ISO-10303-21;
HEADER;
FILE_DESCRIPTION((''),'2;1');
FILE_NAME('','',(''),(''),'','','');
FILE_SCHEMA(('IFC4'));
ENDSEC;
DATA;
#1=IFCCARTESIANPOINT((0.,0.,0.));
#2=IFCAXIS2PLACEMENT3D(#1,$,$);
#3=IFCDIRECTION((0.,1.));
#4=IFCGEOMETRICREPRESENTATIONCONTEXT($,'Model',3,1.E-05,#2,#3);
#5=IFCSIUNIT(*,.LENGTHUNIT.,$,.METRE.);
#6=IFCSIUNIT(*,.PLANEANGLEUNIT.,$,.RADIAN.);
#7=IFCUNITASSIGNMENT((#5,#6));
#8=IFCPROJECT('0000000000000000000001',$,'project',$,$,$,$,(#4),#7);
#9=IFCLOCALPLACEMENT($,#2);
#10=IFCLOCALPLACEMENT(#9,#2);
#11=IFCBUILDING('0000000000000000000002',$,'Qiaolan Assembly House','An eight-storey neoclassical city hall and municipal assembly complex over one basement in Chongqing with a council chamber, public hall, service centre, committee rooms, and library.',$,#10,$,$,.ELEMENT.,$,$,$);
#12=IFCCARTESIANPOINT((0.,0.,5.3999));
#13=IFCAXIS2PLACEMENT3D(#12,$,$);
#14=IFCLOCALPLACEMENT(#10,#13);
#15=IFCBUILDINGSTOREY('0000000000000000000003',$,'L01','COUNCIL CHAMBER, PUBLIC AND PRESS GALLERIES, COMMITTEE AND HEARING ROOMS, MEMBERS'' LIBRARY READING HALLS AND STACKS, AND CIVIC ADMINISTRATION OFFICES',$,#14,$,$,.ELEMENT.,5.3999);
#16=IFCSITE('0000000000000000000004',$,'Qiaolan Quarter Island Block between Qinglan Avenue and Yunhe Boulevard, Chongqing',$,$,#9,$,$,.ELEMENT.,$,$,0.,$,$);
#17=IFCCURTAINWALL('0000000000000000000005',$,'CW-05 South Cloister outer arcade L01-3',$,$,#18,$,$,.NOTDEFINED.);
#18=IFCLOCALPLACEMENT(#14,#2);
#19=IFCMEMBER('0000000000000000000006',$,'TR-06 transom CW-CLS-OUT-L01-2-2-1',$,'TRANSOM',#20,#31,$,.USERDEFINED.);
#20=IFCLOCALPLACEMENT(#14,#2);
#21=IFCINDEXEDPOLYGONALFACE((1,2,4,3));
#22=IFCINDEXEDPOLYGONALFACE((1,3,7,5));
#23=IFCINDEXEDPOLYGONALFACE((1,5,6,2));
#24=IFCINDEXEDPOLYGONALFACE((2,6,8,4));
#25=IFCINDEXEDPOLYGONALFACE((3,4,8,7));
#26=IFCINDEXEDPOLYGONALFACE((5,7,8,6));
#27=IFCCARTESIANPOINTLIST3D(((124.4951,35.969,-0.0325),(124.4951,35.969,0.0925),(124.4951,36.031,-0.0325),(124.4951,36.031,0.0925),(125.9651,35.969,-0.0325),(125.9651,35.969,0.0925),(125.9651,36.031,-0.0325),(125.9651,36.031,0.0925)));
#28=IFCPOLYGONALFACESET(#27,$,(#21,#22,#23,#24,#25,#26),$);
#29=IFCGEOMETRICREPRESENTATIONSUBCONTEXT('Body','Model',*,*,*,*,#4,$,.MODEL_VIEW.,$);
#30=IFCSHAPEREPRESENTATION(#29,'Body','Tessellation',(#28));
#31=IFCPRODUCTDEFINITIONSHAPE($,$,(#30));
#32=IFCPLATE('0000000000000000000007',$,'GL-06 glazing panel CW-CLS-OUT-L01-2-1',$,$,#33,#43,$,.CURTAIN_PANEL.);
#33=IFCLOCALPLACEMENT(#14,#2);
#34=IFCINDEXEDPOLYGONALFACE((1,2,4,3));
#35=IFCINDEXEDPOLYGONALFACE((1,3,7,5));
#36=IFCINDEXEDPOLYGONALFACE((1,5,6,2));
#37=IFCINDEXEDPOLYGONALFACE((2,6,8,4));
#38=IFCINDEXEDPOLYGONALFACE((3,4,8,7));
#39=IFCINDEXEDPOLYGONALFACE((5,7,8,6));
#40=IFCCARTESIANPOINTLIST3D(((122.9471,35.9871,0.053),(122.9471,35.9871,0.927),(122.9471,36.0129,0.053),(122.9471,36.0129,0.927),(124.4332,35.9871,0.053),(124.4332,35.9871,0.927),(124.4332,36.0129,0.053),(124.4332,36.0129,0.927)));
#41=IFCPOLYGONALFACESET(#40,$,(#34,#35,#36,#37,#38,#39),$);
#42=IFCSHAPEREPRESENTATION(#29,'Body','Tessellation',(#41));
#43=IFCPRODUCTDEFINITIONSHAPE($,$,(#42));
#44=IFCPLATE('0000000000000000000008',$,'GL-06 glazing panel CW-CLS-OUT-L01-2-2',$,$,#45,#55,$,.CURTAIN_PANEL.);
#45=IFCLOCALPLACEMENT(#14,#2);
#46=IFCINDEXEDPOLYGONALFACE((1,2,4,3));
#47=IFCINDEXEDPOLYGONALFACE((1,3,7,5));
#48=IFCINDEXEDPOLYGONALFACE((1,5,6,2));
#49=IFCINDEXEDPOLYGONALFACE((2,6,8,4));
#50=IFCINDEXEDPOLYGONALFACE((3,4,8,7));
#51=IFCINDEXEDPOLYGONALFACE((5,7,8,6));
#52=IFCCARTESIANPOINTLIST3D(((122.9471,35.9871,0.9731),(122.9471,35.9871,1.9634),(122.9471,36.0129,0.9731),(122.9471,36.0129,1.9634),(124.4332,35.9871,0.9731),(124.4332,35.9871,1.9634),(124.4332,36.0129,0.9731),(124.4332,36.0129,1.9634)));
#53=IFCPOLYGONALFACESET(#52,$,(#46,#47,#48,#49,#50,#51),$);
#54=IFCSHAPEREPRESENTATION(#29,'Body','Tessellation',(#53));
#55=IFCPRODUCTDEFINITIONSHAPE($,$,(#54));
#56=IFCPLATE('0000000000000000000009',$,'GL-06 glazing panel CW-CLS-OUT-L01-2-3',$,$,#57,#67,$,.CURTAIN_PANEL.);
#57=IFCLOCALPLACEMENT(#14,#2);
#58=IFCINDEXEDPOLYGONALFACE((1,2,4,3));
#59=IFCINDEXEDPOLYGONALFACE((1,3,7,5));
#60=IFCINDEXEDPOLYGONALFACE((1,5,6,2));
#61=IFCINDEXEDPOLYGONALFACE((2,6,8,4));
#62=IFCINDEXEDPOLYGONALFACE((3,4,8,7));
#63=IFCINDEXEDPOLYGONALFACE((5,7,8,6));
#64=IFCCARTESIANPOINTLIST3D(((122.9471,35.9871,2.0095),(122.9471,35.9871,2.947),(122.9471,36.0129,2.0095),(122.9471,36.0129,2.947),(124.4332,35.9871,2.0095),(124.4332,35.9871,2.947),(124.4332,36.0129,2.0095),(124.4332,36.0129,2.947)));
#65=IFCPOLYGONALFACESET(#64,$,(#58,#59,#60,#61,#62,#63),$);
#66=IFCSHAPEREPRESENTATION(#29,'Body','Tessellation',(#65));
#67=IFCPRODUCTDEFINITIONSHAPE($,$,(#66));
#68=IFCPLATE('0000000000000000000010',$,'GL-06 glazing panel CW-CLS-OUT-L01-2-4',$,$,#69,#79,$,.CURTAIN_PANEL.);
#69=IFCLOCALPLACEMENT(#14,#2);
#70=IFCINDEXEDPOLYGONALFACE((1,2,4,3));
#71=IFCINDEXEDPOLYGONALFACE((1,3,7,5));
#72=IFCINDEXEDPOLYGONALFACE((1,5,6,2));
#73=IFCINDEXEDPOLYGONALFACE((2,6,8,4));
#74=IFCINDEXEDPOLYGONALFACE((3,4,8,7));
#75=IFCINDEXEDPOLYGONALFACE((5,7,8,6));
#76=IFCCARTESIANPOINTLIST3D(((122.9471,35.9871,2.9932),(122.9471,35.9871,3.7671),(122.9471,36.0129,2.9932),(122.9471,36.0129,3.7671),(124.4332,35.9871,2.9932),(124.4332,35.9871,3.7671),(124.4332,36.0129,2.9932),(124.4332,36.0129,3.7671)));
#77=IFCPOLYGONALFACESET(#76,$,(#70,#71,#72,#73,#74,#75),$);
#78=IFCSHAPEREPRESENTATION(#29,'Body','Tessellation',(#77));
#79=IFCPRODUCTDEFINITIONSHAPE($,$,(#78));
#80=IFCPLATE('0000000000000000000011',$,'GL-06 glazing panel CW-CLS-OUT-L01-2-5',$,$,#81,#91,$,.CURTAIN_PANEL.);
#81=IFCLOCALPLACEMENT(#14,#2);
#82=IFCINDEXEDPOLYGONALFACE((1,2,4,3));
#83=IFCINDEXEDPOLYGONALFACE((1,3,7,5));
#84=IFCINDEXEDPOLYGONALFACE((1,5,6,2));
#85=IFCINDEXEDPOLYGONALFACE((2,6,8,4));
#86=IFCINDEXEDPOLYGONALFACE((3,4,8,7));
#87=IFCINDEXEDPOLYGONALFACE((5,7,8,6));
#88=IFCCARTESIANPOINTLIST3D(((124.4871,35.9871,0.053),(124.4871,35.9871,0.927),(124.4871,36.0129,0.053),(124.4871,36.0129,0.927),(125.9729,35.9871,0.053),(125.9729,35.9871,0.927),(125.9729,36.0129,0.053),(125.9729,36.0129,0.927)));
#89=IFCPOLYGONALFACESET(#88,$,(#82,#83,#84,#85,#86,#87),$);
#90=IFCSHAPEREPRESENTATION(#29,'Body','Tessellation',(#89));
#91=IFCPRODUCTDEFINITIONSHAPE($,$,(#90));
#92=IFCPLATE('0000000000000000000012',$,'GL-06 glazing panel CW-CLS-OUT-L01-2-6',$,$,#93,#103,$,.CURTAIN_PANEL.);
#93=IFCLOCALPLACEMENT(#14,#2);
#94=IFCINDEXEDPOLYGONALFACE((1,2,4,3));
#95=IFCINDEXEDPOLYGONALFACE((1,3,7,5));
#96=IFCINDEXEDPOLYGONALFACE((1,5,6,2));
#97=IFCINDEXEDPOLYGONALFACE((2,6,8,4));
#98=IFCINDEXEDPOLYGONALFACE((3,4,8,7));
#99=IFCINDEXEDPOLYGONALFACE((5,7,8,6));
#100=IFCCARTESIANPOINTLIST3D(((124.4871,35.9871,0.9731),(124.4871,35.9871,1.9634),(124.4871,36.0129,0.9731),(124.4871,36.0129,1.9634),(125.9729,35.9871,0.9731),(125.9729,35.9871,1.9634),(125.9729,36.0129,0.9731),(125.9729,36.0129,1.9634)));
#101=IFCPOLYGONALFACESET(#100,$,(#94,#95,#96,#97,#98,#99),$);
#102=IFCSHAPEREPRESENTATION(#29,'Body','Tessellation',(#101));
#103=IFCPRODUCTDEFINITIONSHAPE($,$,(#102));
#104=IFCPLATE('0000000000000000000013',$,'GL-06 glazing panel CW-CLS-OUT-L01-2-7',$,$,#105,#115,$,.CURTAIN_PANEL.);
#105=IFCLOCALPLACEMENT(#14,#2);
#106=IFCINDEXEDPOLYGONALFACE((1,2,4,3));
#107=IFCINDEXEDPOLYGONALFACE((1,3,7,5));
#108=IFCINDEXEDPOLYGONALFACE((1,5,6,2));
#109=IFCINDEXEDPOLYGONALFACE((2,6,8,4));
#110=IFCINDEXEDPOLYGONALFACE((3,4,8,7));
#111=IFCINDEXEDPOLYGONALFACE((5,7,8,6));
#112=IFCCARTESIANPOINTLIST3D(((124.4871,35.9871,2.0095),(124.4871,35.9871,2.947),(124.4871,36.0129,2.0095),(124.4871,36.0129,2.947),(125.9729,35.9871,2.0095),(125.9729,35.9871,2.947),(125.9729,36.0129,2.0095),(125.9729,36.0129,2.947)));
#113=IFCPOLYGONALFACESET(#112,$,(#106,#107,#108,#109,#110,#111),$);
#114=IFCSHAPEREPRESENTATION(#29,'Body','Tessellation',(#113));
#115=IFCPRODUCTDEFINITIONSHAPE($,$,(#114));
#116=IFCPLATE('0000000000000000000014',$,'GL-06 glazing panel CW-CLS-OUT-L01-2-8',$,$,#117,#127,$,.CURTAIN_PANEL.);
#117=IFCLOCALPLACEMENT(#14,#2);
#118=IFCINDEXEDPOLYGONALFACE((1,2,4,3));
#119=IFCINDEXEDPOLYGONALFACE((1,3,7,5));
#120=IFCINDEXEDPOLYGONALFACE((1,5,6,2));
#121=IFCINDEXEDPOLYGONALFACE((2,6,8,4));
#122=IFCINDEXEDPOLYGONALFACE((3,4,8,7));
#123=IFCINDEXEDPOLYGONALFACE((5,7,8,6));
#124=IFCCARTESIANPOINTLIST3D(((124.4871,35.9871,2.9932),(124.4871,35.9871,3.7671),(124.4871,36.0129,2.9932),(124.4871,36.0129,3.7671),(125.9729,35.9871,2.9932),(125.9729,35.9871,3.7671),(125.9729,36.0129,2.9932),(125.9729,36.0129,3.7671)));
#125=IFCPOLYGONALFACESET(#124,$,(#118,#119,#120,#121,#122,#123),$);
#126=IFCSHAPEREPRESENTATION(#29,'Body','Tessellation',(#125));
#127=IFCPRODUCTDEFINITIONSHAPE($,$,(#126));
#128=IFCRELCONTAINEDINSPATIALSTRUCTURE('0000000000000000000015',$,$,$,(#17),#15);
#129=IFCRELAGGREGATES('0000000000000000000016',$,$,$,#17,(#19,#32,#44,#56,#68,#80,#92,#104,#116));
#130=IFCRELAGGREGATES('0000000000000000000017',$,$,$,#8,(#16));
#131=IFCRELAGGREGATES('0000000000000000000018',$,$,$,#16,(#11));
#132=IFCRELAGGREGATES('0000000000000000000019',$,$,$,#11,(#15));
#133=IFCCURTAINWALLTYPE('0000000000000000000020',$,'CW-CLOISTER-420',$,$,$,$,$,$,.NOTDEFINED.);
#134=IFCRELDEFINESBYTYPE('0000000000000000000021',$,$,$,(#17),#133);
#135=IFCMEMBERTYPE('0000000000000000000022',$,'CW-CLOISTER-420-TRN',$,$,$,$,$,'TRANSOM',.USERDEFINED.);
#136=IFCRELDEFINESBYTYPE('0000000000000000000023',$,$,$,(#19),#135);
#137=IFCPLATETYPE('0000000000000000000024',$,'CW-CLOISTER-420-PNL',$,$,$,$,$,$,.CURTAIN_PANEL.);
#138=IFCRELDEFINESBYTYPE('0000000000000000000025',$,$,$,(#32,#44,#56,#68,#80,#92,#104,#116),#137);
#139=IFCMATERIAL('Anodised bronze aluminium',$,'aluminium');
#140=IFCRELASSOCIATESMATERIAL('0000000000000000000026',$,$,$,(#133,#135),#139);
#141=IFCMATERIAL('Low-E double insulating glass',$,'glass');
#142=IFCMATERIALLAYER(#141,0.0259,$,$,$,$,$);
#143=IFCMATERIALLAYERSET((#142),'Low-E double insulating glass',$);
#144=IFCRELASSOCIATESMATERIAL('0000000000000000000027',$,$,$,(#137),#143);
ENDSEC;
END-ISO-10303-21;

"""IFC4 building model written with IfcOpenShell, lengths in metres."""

from ifc_helpers import new_model, si_unit, direction, frame, frame_2d, origin, origin_2d, place, context, subcontext, project, spatial, rectangle, extrude, material, layer, layer_set, material_profile, profile_set, type_object, element, aggregate, save


model = new_model("IFC4")

# Units and contexts
model_context = context("Model", 3, precision=1e-05, world=origin(), true_north=direction((0.0, 1.0)))
body_context = subcontext(model_context, "Body", "Model", "MODEL_VIEW")
ifc_project = project(units=[si_unit("LENGTHUNIT", "METRE"), si_unit("PLANEANGLEUNIT", "RADIAN")], contexts=[model_context])

# Site, building, storey
site_placement = place(None, origin())
site = spatial("IfcSite", under=ifc_project, at=site_placement, Name="Qiaolan Quarter Island Block between Qinglan Avenue and Yunhe Boulevard, Chongqing", CompositionType="ELEMENT", RefElevation=0.0)
building_placement = place(site_placement, origin())
building = spatial("IfcBuilding", under=site, at=building_placement, Name="Qiaolan Assembly House", Description="An eight-storey neoclassical city hall and municipal assembly complex over one basement in Chongqing with a council chamber, public hall, service centre, committee rooms, and library.", CompositionType="ELEMENT")
storey_placement = place(building_placement, frame((0.0, 0.0, 5.3999)))
storey = spatial("IfcBuildingStorey", under=building, at=storey_placement, Name="L01", Description="COUNCIL CHAMBER, PUBLIC AND PRESS GALLERIES, COMMITTEE AND HEARING ROOMS, MEMBERS' LIBRARY READING HALLS AND STACKS, AND CIVIC ADMINISTRATION OFFICES", CompositionType="ELEMENT", Elevation=5.3999)

# Shared definitions
ifc_material_1 = material(Name="Anodised bronze aluminium", Category="aluminium")
curtain_wall_type = type_object("IfcCurtainWallType", Name="CW-CLOISTER-420", PredefinedType="NOTDEFINED", material=ifc_material_1)

# Curtain wall
curtain_wall_1_placement = place(storey_placement, origin())
curtain_wall_1 = element("IfcCurtainWall", 1, at=curtain_wall_1_placement, inside=storey, type_object=curtain_wall_type, Name="CW-05 South Cloister outer arcade L01-3", PredefinedType="NOTDEFINED")

# Member
ifc_material_profile_1 = material_profile(ifc_material_1, rectangle(XDim=0.062, YDim=0.125, at=origin_2d()), Name="TRN 62x125")
ifc_profile_set_1 = profile_set([ifc_material_profile_1], Name="Anodised bronze aluminium")
member_type_1 = type_object("IfcMemberType", Name="CW-CLOISTER-420-TRN", ElementType="TRANSOM", PredefinedType="USERDEFINED", material=ifc_profile_set_1)
member_1_placement = place(storey_placement, frame((124.4951, 36.0, 0.03), z_axis=(1.0, 0.0, 0.0), x_axis=(0.0, 1.0, 0.0)))
member_1 = element("IfcMember", 2, at=member_1_placement, type_object=member_type_1, Name="TR-06 transom CW-CLS-OUT-L01-2-2-1", ObjectType="TRANSOM", PredefinedType="USERDEFINED", context=body_context, shape_type="SweptSolid", body=[
    extrude(rectangle(XDim=0.062, YDim=0.125, at=origin_2d()), origin(), (0.0, 0.0, 1.0), 1.47),
])

# Plates
ifc_material_2 = material(Name="Low-E double insulating glass", Category="glass")
ifc_layer = layer(ifc_material_2, 0.0259)
ifc_layer_set = layer_set([ifc_layer], Name="Low-E double insulating glass")
plate_type = type_object("IfcPlateType", Name="CW-CLOISTER-420-PNL", PredefinedType="CURTAIN_PANEL", material=ifc_layer_set)
plate_1_placement = place(storey_placement, frame((122.947, 36.0, 0.053), z_axis=(0.0, 0.0, 1.0), x_axis=(1.0, 0.0, 0.0)))
plate_1 = element("IfcPlate", 3, at=plate_1_placement, type_object=plate_type, Name="GL-06 glazing panel CW-CLS-OUT-L01-2-1", PredefinedType="CURTAIN_PANEL", context=body_context, shape_type="SweptSolid", body=[
    extrude(rectangle(XDim=1.4861, YDim=0.0259, at=frame_2d((0.7432, 0.0))), origin(), (0.0, 0.0, 1.0), 0.874),
])
plate_2_placement = place(storey_placement, frame((122.947, 36.0, 0.9731), z_axis=(0.0, 0.0, 1.0), x_axis=(1.0, 0.0, 0.0)))
plate_2 = element("IfcPlate", 4, at=plate_2_placement, type_object=plate_type, Name="GL-06 glazing panel CW-CLS-OUT-L01-2-2", PredefinedType="CURTAIN_PANEL", context=body_context, shape_type="SweptSolid", body=[
    extrude(rectangle(XDim=1.4861, YDim=0.0259, at=frame_2d((0.7432, 0.0))), origin(), (0.0, 0.0, 1.0), 0.9902),
])
plate_3_placement = place(storey_placement, frame((122.947, 36.0, 2.0095), z_axis=(0.0, 0.0, 1.0), x_axis=(1.0, 0.0, 0.0)))
plate_3 = element("IfcPlate", 5, at=plate_3_placement, type_object=plate_type, Name="GL-06 glazing panel CW-CLS-OUT-L01-2-3", PredefinedType="CURTAIN_PANEL", context=body_context, shape_type="SweptSolid", body=[
    extrude(rectangle(XDim=1.4861, YDim=0.0259, at=frame_2d((0.7432, 0.0))), origin(), (0.0, 0.0, 1.0), 0.9375),
])
plate_4_placement = place(storey_placement, frame((122.947, 36.0, 2.9932), z_axis=(0.0, 0.0, 1.0), x_axis=(1.0, 0.0, 0.0)))
plate_4 = element("IfcPlate", 6, at=plate_4_placement, type_object=plate_type, Name="GL-06 glazing panel CW-CLS-OUT-L01-2-4", PredefinedType="CURTAIN_PANEL", context=body_context, shape_type="SweptSolid", body=[
    extrude(rectangle(XDim=1.4861, YDim=0.0259, at=frame_2d((0.7432, 0.0))), origin(), (0.0, 0.0, 1.0), 0.7739),
])
plate_5_placement = place(storey_placement, frame((124.4871, 36.0, 0.053), z_axis=(0.0, 0.0, 1.0), x_axis=(1.0, 0.0, 0.0)))
plate_5 = element("IfcPlate", 7, at=plate_5_placement, type_object=plate_type, Name="GL-06 glazing panel CW-CLS-OUT-L01-2-5", PredefinedType="CURTAIN_PANEL", context=body_context, shape_type="SweptSolid", body=[
    extrude(rectangle(XDim=1.4858, YDim=0.0259, at=frame_2d((0.7429, 0.0))), origin(), (0.0, 0.0, 1.0), 0.874),
])
plate_6_placement = place(storey_placement, frame((124.4871, 36.0, 0.9731), z_axis=(0.0, 0.0, 1.0), x_axis=(1.0, 0.0, 0.0)))
plate_6 = element("IfcPlate", 8, at=plate_6_placement, type_object=plate_type, Name="GL-06 glazing panel CW-CLS-OUT-L01-2-6", PredefinedType="CURTAIN_PANEL", context=body_context, shape_type="SweptSolid", body=[
    extrude(rectangle(XDim=1.4858, YDim=0.0259, at=frame_2d((0.7429, 0.0))), origin(), (0.0, 0.0, 1.0), 0.9902),
])
plate_7_placement = place(storey_placement, frame((124.4871, 36.0, 2.0095), z_axis=(0.0, 0.0, 1.0), x_axis=(1.0, 0.0, 0.0)))
plate_7 = element("IfcPlate", 9, at=plate_7_placement, type_object=plate_type, Name="GL-06 glazing panel CW-CLS-OUT-L01-2-7", PredefinedType="CURTAIN_PANEL", context=body_context, shape_type="SweptSolid", body=[
    extrude(rectangle(XDim=1.4858, YDim=0.0259, at=frame_2d((0.7429, 0.0))), origin(), (0.0, 0.0, 1.0), 0.9375),
])
plate_8_placement = place(storey_placement, frame((124.4871, 36.0, 2.9932), z_axis=(0.0, 0.0, 1.0), x_axis=(1.0, 0.0, 0.0)))
plate_8 = element("IfcPlate", 10, at=plate_8_placement, type_object=plate_type, Name="GL-06 glazing panel CW-CLS-OUT-L01-2-8", PredefinedType="CURTAIN_PANEL", context=body_context, shape_type="SweptSolid", body=[
    extrude(rectangle(XDim=1.4858, YDim=0.0259, at=frame_2d((0.7429, 0.0))), origin(), (0.0, 0.0, 1.0), 0.7739),
])
aggregate(curtain_wall_1, [member_1, plate_1, plate_2, plate_3, plate_4, plate_5, plate_6, plate_7, plate_8])

save(model, "model.ifc")
